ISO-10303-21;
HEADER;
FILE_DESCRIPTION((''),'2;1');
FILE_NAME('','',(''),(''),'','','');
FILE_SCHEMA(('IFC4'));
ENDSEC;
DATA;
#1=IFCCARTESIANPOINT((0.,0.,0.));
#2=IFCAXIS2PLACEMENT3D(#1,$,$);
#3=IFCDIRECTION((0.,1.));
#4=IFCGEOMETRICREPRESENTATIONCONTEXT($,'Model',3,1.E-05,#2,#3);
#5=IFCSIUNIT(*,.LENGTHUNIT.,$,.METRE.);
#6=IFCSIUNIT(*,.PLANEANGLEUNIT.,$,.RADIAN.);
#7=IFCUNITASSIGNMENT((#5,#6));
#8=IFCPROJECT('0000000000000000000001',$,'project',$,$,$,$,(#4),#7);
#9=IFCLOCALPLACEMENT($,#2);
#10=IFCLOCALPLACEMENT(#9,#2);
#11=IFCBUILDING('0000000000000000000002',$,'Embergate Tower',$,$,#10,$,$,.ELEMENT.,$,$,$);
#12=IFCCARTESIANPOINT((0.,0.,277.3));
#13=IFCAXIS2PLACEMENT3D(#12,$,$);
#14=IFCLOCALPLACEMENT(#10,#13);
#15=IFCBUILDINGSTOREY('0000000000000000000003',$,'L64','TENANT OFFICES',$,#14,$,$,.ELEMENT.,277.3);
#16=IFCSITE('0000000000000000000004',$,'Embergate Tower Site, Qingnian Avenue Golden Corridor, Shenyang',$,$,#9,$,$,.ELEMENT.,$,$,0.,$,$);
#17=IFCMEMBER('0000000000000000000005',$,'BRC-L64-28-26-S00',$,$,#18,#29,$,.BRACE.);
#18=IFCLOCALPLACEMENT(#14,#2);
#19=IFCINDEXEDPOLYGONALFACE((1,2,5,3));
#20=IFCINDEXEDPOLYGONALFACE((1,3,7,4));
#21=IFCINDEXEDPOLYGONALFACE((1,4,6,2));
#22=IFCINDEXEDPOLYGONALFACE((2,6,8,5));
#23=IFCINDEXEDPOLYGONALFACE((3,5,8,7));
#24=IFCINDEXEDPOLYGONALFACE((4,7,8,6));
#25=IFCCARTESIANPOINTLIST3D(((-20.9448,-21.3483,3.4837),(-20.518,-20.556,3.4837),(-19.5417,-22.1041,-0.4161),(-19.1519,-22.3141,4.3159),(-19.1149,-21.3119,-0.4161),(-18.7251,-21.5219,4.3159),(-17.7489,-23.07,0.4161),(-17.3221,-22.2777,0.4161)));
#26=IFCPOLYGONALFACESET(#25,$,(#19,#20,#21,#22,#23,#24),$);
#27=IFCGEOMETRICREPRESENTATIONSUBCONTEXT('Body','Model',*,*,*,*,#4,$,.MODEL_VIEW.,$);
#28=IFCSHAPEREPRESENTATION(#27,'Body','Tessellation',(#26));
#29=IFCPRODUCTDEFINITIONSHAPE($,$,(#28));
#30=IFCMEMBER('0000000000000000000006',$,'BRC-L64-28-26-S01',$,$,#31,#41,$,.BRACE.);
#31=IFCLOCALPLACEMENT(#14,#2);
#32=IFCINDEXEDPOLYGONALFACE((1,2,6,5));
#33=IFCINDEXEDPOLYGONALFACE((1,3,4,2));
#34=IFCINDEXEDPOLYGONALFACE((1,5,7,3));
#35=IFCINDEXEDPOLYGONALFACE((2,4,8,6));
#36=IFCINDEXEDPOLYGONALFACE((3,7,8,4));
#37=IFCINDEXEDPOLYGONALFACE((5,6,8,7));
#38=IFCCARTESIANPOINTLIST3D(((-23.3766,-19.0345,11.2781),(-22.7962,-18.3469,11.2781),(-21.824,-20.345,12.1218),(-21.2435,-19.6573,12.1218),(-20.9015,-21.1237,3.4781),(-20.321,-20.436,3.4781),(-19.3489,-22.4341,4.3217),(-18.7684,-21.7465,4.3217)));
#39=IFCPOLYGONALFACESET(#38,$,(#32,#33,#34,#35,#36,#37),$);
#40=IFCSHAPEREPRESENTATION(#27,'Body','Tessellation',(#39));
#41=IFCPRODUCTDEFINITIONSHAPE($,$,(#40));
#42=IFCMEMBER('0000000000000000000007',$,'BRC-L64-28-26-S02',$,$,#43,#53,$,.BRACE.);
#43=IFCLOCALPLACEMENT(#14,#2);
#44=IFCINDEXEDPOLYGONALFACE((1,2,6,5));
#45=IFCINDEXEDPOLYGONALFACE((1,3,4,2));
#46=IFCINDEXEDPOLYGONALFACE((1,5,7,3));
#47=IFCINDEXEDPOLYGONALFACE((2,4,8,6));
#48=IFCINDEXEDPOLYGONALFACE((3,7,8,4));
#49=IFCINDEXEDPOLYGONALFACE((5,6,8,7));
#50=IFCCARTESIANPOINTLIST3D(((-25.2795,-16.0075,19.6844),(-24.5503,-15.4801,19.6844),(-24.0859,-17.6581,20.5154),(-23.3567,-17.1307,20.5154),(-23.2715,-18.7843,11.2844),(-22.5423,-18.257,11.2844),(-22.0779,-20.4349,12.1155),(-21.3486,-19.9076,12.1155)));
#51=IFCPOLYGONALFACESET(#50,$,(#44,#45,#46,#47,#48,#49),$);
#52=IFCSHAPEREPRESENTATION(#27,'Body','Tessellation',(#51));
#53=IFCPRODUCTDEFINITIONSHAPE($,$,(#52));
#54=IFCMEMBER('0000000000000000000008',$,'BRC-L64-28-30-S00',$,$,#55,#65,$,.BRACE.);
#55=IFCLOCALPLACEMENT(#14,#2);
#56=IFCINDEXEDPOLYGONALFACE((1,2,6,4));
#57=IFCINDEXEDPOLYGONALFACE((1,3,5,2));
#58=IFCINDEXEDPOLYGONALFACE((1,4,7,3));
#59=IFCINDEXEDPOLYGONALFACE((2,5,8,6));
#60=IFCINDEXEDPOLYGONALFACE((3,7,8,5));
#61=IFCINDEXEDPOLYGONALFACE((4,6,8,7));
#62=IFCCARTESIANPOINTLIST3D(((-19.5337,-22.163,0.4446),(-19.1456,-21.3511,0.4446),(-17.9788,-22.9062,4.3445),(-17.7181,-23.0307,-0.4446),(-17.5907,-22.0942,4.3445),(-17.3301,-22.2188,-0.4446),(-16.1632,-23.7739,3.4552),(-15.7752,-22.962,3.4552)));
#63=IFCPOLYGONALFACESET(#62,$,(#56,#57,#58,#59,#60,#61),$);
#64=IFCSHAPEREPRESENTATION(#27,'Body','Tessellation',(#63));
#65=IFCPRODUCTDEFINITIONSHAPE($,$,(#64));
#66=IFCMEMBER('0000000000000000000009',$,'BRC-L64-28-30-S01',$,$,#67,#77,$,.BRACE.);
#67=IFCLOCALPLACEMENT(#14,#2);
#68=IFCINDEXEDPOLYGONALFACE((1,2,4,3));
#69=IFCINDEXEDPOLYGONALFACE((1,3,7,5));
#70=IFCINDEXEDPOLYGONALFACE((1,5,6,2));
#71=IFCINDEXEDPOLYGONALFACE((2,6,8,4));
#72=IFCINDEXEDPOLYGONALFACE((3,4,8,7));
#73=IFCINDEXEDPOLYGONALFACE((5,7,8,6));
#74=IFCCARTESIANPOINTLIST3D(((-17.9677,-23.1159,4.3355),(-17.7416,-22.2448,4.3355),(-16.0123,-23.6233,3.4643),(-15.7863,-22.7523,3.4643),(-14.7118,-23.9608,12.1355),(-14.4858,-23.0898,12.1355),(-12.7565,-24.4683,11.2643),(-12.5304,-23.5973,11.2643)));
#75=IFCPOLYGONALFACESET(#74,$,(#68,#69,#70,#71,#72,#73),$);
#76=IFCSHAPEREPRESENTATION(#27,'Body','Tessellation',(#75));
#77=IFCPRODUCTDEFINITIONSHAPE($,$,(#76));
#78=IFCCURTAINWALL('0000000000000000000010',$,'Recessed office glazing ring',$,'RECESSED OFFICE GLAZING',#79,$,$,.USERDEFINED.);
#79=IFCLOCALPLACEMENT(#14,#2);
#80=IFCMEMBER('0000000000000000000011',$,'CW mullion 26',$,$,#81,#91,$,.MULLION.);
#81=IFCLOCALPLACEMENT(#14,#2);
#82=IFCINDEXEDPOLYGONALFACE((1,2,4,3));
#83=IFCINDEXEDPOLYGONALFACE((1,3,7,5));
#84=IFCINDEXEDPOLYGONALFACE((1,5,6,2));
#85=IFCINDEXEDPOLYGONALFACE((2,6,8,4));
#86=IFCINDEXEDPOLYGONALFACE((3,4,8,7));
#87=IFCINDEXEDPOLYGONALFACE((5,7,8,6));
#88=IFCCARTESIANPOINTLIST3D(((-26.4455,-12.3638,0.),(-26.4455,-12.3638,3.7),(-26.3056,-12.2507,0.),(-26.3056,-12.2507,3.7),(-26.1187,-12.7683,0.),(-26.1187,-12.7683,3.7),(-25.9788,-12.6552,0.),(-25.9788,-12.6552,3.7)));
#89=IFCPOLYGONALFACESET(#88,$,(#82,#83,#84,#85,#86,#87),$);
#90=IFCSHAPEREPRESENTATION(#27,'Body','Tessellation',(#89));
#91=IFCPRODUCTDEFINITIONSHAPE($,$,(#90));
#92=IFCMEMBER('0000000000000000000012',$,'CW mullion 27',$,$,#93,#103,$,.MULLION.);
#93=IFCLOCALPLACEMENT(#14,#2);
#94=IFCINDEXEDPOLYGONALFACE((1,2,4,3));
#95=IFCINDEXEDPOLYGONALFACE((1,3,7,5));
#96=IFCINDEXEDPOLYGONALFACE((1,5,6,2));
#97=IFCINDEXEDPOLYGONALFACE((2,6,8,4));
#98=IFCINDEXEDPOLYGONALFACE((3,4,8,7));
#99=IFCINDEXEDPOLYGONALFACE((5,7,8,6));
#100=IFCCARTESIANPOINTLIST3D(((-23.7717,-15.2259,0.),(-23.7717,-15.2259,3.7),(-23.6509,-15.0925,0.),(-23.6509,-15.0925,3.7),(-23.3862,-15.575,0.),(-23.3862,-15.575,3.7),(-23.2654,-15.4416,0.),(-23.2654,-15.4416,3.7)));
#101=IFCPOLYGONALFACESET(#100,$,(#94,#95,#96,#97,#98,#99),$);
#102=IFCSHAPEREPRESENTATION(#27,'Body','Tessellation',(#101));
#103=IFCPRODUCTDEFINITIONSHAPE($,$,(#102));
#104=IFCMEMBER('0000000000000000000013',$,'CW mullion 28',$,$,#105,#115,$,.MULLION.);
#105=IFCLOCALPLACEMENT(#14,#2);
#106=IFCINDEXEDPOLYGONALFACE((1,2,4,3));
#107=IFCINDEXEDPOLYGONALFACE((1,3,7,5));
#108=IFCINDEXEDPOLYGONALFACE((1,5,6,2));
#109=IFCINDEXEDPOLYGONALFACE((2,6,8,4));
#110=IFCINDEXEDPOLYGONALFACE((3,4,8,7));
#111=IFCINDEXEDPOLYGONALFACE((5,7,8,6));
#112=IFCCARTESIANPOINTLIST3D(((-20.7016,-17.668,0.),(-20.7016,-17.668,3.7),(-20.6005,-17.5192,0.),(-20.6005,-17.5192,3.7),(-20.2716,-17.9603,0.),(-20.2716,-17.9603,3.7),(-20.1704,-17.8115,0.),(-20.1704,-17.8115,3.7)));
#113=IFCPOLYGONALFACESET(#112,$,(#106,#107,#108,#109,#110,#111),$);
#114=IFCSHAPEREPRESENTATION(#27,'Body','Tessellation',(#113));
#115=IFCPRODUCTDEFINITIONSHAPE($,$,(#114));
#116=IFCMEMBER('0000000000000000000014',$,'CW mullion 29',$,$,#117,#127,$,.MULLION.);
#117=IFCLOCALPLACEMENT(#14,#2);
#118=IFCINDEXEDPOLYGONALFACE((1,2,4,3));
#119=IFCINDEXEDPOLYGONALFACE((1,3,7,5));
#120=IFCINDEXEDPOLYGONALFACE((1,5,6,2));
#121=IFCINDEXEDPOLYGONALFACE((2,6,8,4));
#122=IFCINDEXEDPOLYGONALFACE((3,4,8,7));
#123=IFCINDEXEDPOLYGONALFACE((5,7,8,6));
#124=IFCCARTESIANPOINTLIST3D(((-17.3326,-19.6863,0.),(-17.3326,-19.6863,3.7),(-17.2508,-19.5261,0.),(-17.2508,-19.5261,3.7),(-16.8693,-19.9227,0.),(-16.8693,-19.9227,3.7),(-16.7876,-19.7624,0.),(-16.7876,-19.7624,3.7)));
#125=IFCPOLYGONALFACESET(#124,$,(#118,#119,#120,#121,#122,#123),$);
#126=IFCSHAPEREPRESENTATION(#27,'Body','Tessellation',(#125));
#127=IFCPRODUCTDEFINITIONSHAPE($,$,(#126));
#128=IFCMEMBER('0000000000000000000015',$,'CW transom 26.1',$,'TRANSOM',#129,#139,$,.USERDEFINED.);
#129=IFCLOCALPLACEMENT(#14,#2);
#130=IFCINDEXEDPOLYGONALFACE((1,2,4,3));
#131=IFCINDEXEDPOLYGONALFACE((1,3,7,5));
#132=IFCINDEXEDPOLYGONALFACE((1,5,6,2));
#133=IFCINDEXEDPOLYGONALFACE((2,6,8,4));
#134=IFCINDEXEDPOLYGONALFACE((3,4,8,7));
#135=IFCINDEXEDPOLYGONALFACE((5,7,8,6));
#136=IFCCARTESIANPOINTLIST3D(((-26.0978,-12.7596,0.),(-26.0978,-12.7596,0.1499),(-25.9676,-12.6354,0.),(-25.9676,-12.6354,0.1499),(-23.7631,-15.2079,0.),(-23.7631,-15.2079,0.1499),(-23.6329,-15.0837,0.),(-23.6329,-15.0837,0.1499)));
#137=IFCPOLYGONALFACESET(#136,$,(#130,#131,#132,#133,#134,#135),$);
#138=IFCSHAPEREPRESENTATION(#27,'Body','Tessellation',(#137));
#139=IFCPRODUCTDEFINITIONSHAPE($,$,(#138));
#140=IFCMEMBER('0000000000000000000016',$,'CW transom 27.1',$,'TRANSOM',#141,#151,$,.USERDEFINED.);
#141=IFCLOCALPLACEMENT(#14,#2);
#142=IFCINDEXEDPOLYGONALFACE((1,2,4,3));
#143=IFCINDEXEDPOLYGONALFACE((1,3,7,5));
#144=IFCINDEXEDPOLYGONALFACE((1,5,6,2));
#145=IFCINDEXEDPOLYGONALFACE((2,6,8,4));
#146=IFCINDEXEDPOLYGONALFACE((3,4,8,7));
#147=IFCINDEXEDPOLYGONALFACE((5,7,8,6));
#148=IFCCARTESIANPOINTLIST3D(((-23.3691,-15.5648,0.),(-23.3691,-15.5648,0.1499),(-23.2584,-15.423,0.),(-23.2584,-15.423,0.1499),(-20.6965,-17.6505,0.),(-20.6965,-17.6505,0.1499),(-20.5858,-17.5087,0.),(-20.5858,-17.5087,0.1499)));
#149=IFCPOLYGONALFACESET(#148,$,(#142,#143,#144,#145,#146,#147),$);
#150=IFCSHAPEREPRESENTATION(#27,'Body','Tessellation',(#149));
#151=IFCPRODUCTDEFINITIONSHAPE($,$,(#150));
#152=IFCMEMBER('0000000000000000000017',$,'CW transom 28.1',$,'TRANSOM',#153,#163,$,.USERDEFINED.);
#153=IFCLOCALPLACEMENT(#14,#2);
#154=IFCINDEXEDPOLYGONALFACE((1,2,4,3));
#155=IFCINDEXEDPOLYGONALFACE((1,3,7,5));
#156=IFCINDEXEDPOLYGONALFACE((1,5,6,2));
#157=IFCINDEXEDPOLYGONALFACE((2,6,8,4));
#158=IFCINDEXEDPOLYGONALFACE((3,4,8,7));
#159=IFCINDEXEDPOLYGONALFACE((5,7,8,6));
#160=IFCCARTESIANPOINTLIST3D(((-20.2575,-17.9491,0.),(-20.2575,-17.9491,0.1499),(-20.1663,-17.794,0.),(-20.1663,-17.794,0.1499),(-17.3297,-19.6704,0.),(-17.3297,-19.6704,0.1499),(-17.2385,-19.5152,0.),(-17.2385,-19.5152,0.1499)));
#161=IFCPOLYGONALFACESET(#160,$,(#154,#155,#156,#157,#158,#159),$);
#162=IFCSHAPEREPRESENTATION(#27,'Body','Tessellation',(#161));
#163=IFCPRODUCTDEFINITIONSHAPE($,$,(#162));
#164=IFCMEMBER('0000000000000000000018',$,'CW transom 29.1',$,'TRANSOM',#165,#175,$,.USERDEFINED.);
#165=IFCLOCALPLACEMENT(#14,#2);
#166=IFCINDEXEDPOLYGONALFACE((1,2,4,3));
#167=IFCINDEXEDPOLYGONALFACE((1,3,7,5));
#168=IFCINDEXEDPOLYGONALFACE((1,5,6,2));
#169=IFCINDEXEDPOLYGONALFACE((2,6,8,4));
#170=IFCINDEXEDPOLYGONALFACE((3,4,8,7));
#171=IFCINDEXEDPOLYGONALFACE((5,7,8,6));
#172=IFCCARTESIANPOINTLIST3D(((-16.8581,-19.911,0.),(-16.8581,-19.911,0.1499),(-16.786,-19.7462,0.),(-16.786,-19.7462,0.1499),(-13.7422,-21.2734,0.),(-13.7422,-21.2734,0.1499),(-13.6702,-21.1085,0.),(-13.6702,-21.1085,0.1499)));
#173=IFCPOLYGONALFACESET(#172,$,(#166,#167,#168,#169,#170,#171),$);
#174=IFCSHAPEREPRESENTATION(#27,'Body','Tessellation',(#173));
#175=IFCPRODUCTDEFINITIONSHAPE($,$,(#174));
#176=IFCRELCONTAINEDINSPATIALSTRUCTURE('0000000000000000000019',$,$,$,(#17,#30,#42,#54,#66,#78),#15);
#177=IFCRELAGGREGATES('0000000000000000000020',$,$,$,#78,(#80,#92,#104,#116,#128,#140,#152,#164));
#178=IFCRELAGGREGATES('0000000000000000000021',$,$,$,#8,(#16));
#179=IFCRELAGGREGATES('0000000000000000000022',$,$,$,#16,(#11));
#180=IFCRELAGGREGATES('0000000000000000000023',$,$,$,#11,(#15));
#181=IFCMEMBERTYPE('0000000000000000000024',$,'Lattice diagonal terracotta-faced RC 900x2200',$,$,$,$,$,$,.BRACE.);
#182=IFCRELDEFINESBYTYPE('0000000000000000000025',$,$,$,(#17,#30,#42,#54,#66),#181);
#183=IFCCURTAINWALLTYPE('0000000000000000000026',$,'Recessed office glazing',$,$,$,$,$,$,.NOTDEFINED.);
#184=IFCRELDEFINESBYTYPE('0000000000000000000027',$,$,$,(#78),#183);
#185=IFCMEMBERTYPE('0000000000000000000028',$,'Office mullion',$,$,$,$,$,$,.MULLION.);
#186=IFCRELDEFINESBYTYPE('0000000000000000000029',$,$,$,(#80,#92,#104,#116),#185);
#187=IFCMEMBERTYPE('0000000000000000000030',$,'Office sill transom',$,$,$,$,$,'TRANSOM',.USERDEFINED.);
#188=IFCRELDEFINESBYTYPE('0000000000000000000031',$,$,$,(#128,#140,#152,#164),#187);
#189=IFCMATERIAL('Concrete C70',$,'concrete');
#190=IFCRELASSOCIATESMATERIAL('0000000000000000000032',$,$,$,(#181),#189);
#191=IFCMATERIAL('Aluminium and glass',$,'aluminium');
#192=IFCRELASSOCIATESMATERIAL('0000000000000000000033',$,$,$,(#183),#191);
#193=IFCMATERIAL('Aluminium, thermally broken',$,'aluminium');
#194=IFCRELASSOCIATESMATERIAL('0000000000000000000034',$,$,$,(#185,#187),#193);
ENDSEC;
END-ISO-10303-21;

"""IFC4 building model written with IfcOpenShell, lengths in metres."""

from ifc_helpers import new_model, si_unit, direction, frame, origin, origin_2d, place, context, subcontext, project, spatial, rectangle, extrude, source, transform, mapped, material, material_profile, profile_set, type_object, element, aggregate, save


model = new_model("IFC4")

# Units and contexts
model_context = context("Model", 3, precision=1e-05, world=origin(), true_north=direction((0.0, 1.0)))
body_context = subcontext(model_context, "Body", "Model", "MODEL_VIEW")
ifc_project = project(units=[si_unit("LENGTHUNIT", "METRE"), si_unit("PLANEANGLEUNIT", "RADIAN")], contexts=[model_context])

# Site, building, storey
site_placement = place(None, origin())
site = spatial("IfcSite", under=ifc_project, at=site_placement, Name="Embergate Tower Site, Qingnian Avenue Golden Corridor, Shenyang", CompositionType="ELEMENT", RefElevation=0.0)
building_placement = place(site_placement, origin())
building = spatial("IfcBuilding", under=site, at=building_placement, Name="Embergate Tower", CompositionType="ELEMENT")
storey_placement = place(building_placement, frame((0.0, 0.0, 277.3)))
storey = spatial("IfcBuildingStorey", under=building, at=storey_placement, Name="L64", Description="TENANT OFFICES", CompositionType="ELEMENT", Elevation=277.3)

# Members
ifc_material_1 = material(Name="Concrete C70", Category="concrete")
ifc_material_profile_1 = material_profile(ifc_material_1, rectangle(XDim=0.8999, YDim=2.2, at=origin_2d()), Name="RC 900x2200")
ifc_profile_set_1 = profile_set([ifc_material_profile_1], Name="Concrete C70")
member_type_1 = type_object("IfcMemberType", Name="Lattice diagonal terracotta-faced RC 900x2200", PredefinedType="BRACE", material=ifc_profile_set_1)
shared_shape_1 = source(origin(), body_context, "Body", "SweptSolid", [
    extrude(rectangle(XDim=0.8999, YDim=2.2, at=origin_2d()), origin(), (0.0, 0.0, 1.0), 4.2129),
])
member_1_placement = place(storey_placement, frame((-18.4319, -22.1909, 0.0), z_axis=(-0.333037, 0.179412, 0.925688), x_axis=(-0.474273, -0.880378, 0.0)))
element("IfcMember", 1, at=member_1_placement, inside=storey, type_object=member_type_1, Name="BRC-L64-28-26-S00", PredefinedType="BRACE", context=body_context, shape_type="MappedRepresentation", body=[
    mapped(shared_shape_1, transform((0.0, 0.0, 0.0))),
])
shared_shape_2 = source(origin(), body_context, "Body", "SweptSolid", [
    extrude(rectangle(XDim=0.8999, YDim=2.2, at=origin_2d()), origin(), (0.0, 0.0, 1.0), 8.4458),
])
member_2_placement = place(storey_placement, frame((-19.835, -21.4351, 3.8999), z_axis=(-0.293057, 0.247356, 0.923544), x_axis=(-0.645006, -0.764178, 0.0)))
element("IfcMember", 2, at=member_2_placement, inside=storey, type_object=member_type_1, Name="BRC-L64-28-26-S01", PredefinedType="BRACE", context=body_context, shape_type="MappedRepresentation", body=[
    mapped(shared_shape_2, transform((0.0, 0.0, 0.0))),
])
shared_shape_3 = source(origin(), body_context, "Body", "SweptSolid", [
    extrude(rectangle(XDim=0.8999, YDim=2.2, at=origin_2d()), origin(), (0.0, 0.0, 1.0), 9.072),
])
member_3_placement = place(storey_placement, frame((-22.3101, -19.3459, 11.7), z_axis=(-0.221346, 0.30609, 0.925913), x_axis=(-0.810326, -0.585979, 0.0)))
element("IfcMember", 3, at=member_3_placement, inside=storey, type_object=member_type_1, Name="BRC-L64-28-26-S02", PredefinedType="BRACE", context=body_context, shape_type="MappedRepresentation", body=[
    mapped(shared_shape_3, transform((0.0, 0.0, 0.0))),
])
shared_shape_4 = source(origin(), body_context, "Body", "SweptSolid", [
    extrude(rectangle(XDim=0.8999, YDim=2.2, at=origin_2d()), origin(), (0.0, 0.0, 1.0), 4.2637),
])
member_4_placement = place(storey_placement, frame((-18.4319, -22.1909, 0.0), z_axis=(0.364689, -0.174299, 0.91467), x_axis=(0.43122, 0.902247, 0.0)))
element("IfcMember", 4, at=member_4_placement, inside=storey, type_object=member_type_1, Name="BRC-L64-28-30-S00", PredefinedType="BRACE", context=body_context, shape_type="MappedRepresentation", body=[
    mapped(shared_shape_4, transform((0.0, 0.0, 0.0))),
])
shared_shape_5 = source(origin(), body_context, "Body", "SweptSolid", [
    extrude(rectangle(XDim=0.8999, YDim=2.2, at=origin_2d()), origin(), (0.0, 0.0, 1.0), 8.4944),
])
member_5_placement = place(storey_placement, frame((-16.877, -22.9341, 3.8999), z_axis=(0.383293, -0.099473, 0.918254), x_axis=(0.251201, 0.967935, 0.0)))
element("IfcMember", 5, at=member_5_placement, inside=storey, type_object=member_type_1, Name="BRC-L64-28-30-S01", PredefinedType="BRACE", context=body_context, shape_type="MappedRepresentation", body=[
    mapped(shared_shape_5, transform((0.0, 0.0, 0.0))),
])

# Curtain wall, members
ifc_material_2 = material(Name="Aluminium and glass", Category="aluminium")
curtain_wall_type = type_object("IfcCurtainWallType", Name="Recessed office glazing", PredefinedType="NOTDEFINED", material=ifc_material_2)
curtain_wall_placement = place(storey_placement, origin())
curtain_wall = element("IfcCurtainWall", 6, at=curtain_wall_placement, inside=storey, type_object=curtain_wall_type, Name="Recessed office glazing ring", ObjectType="RECESSED OFFICE GLAZING", PredefinedType="USERDEFINED")
ifc_material_3 = material(Name="Aluminium, thermally broken", Category="aluminium")
ifc_material_profile_2 = material_profile(ifc_material_3, rectangle(XDim=0.1799, YDim=0.52, at=origin_2d()), Name="AL 520x180")
ifc_profile_set_2 = profile_set([ifc_material_profile_2], Name="Aluminium, thermally broken")
member_type_2 = type_object("IfcMemberType", Name="Office mullion", PredefinedType="MULLION", material=ifc_profile_set_2)
shared_shape_6 = source(origin(), body_context, "Body", "SweptSolid", [
    extrude(rectangle(XDim=0.1799, YDim=0.52, at=origin_2d()), origin(), (0.0, 0.0, 1.0), 3.7),
])
member_6_placement = place(storey_placement, frame((-26.2122, -12.5095, 0.0), z_axis=(0.0, 0.0, 1.0), x_axis=(0.777862, 0.628436, 0.0)))
member_6 = element("IfcMember", 7, at=member_6_placement, type_object=member_type_2, Name="CW mullion 26", PredefinedType="MULLION", context=body_context, shape_type="MappedRepresentation", body=[
    mapped(shared_shape_6, transform((0.0, 0.0, 0.0))),
])
member_7_placement = place(storey_placement, frame((-23.5186, -15.3337, 0.0), z_axis=(0.0, 0.0, 1.0), x_axis=(0.671216, 0.741262, 0.0)))
member_7 = element("IfcMember", 8, at=member_7_placement, type_object=member_type_2, Name="CW mullion 27", PredefinedType="MULLION", context=body_context, shape_type="MappedRepresentation", body=[
    mapped(shared_shape_6, transform((0.0, 0.0, 0.0))),
])
member_8_placement = place(storey_placement, frame((-20.436, -17.7397, 0.0), z_axis=(0.0, 0.0, 1.0), x_axis=(0.562208, 0.826996, 0.0)))
member_8 = element("IfcMember", 9, at=member_8_placement, type_object=member_type_2, Name="CW mullion 28", PredefinedType="MULLION", context=body_context, shape_type="MappedRepresentation", body=[
    mapped(shared_shape_6, transform((0.0, 0.0, 0.0))),
])
member_9_placement = place(storey_placement, frame((-17.0601, -19.7244, 0.0), z_axis=(0.0, 0.0, 1.0), x_axis=(0.454504, 0.890745, 0.0)))
member_9 = element("IfcMember", 10, at=member_9_placement, type_object=member_type_2, Name="CW mullion 29", PredefinedType="MULLION", context=body_context, shape_type="MappedRepresentation", body=[
    mapped(shared_shape_6, transform((0.0, 0.0, 0.0))),
])
ifc_material_profile_3 = material_profile(ifc_material_3, rectangle(XDim=0.1799, YDim=0.1499, at=origin_2d()), Name="AL 150x180")
ifc_profile_set_3 = profile_set([ifc_material_profile_3], Name="Aluminium, thermally broken")
member_type_3 = type_object("IfcMemberType", Name="Office sill transom", ElementType="TRANSOM", PredefinedType="USERDEFINED", material=ifc_profile_set_3)
shared_shape_7 = source(origin(), body_context, "Body", "SweptSolid", [
    extrude(rectangle(XDim=0.1799, YDim=0.1499, at=origin_2d()), origin(), (0.0, 0.0, 1.0), 3.3831),
])
member_10_placement = place(storey_placement, frame((-26.0327, -12.6975, 0.075), z_axis=(0.690129, -0.723686, 0.0), x_axis=(0.723686, 0.690129, 0.0)))
member_10 = element("IfcMember", 11, at=member_10_placement, type_object=member_type_3, Name="CW transom 26.1", ObjectType="TRANSOM", PredefinedType="USERDEFINED", context=body_context, shape_type="MappedRepresentation", body=[
    mapped(shared_shape_7, transform((0.0, 0.0, 0.0))),
])
shared_shape_8 = source(origin(), body_context, "Body", "SweptSolid", [
    extrude(rectangle(XDim=0.1799, YDim=0.1499, at=origin_2d()), origin(), (0.0, 0.0, 1.0), 3.3901),
])
member_11_placement = place(storey_placement, frame((-23.3137, -15.4939, 0.075), z_axis=(0.788351, -0.615226, 0.0), x_axis=(0.615226, 0.788351, 0.0)))
member_11 = element("IfcMember", 12, at=member_11_placement, type_object=member_type_3, Name="CW transom 27.1", ObjectType="TRANSOM", PredefinedType="USERDEFINED", context=body_context, shape_type="MappedRepresentation", body=[
    mapped(shared_shape_8, transform((0.0, 0.0, 0.0))),
])
shared_shape_9 = source(origin(), body_context, "Body", "SweptSolid", [
    extrude(rectangle(XDim=0.1799, YDim=0.1499, at=origin_2d()), origin(), (0.0, 0.0, 1.0), 3.3962),
])
member_12_placement = place(storey_placement, frame((-20.2119, -17.8716, 0.075), z_axis=(0.862064, -0.5068, 0.0), x_axis=(0.5068, 0.862064, 0.0)))
member_12 = element("IfcMember", 13, at=member_12_placement, type_object=member_type_3, Name="CW transom 28.1", ObjectType="TRANSOM", PredefinedType="USERDEFINED", context=body_context, shape_type="MappedRepresentation", body=[
    mapped(shared_shape_9, transform((0.0, 0.0, 0.0))),
])
shared_shape_10 = source(origin(), body_context, "Body", "SweptSolid", [
    extrude(rectangle(XDim=0.1799, YDim=0.1499, at=origin_2d()), origin(), (0.0, 0.0, 1.0), 3.4006),
])
member_13_placement = place(storey_placement, frame((-16.822, -19.8286, 0.075), z_axis=(0.916246, -0.400615, 0.0), x_axis=(0.400615, 0.916246, 0.0)))
member_13 = element("IfcMember", 14, at=member_13_placement, type_object=member_type_3, Name="CW transom 29.1", ObjectType="TRANSOM", PredefinedType="USERDEFINED", context=body_context, shape_type="MappedRepresentation", body=[
    mapped(shared_shape_10, transform((0.0, 0.0, 0.0))),
])
aggregate(curtain_wall, [member_6, member_7, member_8, member_9, member_10, member_11, member_12, member_13])

save(model, "model.ifc")
